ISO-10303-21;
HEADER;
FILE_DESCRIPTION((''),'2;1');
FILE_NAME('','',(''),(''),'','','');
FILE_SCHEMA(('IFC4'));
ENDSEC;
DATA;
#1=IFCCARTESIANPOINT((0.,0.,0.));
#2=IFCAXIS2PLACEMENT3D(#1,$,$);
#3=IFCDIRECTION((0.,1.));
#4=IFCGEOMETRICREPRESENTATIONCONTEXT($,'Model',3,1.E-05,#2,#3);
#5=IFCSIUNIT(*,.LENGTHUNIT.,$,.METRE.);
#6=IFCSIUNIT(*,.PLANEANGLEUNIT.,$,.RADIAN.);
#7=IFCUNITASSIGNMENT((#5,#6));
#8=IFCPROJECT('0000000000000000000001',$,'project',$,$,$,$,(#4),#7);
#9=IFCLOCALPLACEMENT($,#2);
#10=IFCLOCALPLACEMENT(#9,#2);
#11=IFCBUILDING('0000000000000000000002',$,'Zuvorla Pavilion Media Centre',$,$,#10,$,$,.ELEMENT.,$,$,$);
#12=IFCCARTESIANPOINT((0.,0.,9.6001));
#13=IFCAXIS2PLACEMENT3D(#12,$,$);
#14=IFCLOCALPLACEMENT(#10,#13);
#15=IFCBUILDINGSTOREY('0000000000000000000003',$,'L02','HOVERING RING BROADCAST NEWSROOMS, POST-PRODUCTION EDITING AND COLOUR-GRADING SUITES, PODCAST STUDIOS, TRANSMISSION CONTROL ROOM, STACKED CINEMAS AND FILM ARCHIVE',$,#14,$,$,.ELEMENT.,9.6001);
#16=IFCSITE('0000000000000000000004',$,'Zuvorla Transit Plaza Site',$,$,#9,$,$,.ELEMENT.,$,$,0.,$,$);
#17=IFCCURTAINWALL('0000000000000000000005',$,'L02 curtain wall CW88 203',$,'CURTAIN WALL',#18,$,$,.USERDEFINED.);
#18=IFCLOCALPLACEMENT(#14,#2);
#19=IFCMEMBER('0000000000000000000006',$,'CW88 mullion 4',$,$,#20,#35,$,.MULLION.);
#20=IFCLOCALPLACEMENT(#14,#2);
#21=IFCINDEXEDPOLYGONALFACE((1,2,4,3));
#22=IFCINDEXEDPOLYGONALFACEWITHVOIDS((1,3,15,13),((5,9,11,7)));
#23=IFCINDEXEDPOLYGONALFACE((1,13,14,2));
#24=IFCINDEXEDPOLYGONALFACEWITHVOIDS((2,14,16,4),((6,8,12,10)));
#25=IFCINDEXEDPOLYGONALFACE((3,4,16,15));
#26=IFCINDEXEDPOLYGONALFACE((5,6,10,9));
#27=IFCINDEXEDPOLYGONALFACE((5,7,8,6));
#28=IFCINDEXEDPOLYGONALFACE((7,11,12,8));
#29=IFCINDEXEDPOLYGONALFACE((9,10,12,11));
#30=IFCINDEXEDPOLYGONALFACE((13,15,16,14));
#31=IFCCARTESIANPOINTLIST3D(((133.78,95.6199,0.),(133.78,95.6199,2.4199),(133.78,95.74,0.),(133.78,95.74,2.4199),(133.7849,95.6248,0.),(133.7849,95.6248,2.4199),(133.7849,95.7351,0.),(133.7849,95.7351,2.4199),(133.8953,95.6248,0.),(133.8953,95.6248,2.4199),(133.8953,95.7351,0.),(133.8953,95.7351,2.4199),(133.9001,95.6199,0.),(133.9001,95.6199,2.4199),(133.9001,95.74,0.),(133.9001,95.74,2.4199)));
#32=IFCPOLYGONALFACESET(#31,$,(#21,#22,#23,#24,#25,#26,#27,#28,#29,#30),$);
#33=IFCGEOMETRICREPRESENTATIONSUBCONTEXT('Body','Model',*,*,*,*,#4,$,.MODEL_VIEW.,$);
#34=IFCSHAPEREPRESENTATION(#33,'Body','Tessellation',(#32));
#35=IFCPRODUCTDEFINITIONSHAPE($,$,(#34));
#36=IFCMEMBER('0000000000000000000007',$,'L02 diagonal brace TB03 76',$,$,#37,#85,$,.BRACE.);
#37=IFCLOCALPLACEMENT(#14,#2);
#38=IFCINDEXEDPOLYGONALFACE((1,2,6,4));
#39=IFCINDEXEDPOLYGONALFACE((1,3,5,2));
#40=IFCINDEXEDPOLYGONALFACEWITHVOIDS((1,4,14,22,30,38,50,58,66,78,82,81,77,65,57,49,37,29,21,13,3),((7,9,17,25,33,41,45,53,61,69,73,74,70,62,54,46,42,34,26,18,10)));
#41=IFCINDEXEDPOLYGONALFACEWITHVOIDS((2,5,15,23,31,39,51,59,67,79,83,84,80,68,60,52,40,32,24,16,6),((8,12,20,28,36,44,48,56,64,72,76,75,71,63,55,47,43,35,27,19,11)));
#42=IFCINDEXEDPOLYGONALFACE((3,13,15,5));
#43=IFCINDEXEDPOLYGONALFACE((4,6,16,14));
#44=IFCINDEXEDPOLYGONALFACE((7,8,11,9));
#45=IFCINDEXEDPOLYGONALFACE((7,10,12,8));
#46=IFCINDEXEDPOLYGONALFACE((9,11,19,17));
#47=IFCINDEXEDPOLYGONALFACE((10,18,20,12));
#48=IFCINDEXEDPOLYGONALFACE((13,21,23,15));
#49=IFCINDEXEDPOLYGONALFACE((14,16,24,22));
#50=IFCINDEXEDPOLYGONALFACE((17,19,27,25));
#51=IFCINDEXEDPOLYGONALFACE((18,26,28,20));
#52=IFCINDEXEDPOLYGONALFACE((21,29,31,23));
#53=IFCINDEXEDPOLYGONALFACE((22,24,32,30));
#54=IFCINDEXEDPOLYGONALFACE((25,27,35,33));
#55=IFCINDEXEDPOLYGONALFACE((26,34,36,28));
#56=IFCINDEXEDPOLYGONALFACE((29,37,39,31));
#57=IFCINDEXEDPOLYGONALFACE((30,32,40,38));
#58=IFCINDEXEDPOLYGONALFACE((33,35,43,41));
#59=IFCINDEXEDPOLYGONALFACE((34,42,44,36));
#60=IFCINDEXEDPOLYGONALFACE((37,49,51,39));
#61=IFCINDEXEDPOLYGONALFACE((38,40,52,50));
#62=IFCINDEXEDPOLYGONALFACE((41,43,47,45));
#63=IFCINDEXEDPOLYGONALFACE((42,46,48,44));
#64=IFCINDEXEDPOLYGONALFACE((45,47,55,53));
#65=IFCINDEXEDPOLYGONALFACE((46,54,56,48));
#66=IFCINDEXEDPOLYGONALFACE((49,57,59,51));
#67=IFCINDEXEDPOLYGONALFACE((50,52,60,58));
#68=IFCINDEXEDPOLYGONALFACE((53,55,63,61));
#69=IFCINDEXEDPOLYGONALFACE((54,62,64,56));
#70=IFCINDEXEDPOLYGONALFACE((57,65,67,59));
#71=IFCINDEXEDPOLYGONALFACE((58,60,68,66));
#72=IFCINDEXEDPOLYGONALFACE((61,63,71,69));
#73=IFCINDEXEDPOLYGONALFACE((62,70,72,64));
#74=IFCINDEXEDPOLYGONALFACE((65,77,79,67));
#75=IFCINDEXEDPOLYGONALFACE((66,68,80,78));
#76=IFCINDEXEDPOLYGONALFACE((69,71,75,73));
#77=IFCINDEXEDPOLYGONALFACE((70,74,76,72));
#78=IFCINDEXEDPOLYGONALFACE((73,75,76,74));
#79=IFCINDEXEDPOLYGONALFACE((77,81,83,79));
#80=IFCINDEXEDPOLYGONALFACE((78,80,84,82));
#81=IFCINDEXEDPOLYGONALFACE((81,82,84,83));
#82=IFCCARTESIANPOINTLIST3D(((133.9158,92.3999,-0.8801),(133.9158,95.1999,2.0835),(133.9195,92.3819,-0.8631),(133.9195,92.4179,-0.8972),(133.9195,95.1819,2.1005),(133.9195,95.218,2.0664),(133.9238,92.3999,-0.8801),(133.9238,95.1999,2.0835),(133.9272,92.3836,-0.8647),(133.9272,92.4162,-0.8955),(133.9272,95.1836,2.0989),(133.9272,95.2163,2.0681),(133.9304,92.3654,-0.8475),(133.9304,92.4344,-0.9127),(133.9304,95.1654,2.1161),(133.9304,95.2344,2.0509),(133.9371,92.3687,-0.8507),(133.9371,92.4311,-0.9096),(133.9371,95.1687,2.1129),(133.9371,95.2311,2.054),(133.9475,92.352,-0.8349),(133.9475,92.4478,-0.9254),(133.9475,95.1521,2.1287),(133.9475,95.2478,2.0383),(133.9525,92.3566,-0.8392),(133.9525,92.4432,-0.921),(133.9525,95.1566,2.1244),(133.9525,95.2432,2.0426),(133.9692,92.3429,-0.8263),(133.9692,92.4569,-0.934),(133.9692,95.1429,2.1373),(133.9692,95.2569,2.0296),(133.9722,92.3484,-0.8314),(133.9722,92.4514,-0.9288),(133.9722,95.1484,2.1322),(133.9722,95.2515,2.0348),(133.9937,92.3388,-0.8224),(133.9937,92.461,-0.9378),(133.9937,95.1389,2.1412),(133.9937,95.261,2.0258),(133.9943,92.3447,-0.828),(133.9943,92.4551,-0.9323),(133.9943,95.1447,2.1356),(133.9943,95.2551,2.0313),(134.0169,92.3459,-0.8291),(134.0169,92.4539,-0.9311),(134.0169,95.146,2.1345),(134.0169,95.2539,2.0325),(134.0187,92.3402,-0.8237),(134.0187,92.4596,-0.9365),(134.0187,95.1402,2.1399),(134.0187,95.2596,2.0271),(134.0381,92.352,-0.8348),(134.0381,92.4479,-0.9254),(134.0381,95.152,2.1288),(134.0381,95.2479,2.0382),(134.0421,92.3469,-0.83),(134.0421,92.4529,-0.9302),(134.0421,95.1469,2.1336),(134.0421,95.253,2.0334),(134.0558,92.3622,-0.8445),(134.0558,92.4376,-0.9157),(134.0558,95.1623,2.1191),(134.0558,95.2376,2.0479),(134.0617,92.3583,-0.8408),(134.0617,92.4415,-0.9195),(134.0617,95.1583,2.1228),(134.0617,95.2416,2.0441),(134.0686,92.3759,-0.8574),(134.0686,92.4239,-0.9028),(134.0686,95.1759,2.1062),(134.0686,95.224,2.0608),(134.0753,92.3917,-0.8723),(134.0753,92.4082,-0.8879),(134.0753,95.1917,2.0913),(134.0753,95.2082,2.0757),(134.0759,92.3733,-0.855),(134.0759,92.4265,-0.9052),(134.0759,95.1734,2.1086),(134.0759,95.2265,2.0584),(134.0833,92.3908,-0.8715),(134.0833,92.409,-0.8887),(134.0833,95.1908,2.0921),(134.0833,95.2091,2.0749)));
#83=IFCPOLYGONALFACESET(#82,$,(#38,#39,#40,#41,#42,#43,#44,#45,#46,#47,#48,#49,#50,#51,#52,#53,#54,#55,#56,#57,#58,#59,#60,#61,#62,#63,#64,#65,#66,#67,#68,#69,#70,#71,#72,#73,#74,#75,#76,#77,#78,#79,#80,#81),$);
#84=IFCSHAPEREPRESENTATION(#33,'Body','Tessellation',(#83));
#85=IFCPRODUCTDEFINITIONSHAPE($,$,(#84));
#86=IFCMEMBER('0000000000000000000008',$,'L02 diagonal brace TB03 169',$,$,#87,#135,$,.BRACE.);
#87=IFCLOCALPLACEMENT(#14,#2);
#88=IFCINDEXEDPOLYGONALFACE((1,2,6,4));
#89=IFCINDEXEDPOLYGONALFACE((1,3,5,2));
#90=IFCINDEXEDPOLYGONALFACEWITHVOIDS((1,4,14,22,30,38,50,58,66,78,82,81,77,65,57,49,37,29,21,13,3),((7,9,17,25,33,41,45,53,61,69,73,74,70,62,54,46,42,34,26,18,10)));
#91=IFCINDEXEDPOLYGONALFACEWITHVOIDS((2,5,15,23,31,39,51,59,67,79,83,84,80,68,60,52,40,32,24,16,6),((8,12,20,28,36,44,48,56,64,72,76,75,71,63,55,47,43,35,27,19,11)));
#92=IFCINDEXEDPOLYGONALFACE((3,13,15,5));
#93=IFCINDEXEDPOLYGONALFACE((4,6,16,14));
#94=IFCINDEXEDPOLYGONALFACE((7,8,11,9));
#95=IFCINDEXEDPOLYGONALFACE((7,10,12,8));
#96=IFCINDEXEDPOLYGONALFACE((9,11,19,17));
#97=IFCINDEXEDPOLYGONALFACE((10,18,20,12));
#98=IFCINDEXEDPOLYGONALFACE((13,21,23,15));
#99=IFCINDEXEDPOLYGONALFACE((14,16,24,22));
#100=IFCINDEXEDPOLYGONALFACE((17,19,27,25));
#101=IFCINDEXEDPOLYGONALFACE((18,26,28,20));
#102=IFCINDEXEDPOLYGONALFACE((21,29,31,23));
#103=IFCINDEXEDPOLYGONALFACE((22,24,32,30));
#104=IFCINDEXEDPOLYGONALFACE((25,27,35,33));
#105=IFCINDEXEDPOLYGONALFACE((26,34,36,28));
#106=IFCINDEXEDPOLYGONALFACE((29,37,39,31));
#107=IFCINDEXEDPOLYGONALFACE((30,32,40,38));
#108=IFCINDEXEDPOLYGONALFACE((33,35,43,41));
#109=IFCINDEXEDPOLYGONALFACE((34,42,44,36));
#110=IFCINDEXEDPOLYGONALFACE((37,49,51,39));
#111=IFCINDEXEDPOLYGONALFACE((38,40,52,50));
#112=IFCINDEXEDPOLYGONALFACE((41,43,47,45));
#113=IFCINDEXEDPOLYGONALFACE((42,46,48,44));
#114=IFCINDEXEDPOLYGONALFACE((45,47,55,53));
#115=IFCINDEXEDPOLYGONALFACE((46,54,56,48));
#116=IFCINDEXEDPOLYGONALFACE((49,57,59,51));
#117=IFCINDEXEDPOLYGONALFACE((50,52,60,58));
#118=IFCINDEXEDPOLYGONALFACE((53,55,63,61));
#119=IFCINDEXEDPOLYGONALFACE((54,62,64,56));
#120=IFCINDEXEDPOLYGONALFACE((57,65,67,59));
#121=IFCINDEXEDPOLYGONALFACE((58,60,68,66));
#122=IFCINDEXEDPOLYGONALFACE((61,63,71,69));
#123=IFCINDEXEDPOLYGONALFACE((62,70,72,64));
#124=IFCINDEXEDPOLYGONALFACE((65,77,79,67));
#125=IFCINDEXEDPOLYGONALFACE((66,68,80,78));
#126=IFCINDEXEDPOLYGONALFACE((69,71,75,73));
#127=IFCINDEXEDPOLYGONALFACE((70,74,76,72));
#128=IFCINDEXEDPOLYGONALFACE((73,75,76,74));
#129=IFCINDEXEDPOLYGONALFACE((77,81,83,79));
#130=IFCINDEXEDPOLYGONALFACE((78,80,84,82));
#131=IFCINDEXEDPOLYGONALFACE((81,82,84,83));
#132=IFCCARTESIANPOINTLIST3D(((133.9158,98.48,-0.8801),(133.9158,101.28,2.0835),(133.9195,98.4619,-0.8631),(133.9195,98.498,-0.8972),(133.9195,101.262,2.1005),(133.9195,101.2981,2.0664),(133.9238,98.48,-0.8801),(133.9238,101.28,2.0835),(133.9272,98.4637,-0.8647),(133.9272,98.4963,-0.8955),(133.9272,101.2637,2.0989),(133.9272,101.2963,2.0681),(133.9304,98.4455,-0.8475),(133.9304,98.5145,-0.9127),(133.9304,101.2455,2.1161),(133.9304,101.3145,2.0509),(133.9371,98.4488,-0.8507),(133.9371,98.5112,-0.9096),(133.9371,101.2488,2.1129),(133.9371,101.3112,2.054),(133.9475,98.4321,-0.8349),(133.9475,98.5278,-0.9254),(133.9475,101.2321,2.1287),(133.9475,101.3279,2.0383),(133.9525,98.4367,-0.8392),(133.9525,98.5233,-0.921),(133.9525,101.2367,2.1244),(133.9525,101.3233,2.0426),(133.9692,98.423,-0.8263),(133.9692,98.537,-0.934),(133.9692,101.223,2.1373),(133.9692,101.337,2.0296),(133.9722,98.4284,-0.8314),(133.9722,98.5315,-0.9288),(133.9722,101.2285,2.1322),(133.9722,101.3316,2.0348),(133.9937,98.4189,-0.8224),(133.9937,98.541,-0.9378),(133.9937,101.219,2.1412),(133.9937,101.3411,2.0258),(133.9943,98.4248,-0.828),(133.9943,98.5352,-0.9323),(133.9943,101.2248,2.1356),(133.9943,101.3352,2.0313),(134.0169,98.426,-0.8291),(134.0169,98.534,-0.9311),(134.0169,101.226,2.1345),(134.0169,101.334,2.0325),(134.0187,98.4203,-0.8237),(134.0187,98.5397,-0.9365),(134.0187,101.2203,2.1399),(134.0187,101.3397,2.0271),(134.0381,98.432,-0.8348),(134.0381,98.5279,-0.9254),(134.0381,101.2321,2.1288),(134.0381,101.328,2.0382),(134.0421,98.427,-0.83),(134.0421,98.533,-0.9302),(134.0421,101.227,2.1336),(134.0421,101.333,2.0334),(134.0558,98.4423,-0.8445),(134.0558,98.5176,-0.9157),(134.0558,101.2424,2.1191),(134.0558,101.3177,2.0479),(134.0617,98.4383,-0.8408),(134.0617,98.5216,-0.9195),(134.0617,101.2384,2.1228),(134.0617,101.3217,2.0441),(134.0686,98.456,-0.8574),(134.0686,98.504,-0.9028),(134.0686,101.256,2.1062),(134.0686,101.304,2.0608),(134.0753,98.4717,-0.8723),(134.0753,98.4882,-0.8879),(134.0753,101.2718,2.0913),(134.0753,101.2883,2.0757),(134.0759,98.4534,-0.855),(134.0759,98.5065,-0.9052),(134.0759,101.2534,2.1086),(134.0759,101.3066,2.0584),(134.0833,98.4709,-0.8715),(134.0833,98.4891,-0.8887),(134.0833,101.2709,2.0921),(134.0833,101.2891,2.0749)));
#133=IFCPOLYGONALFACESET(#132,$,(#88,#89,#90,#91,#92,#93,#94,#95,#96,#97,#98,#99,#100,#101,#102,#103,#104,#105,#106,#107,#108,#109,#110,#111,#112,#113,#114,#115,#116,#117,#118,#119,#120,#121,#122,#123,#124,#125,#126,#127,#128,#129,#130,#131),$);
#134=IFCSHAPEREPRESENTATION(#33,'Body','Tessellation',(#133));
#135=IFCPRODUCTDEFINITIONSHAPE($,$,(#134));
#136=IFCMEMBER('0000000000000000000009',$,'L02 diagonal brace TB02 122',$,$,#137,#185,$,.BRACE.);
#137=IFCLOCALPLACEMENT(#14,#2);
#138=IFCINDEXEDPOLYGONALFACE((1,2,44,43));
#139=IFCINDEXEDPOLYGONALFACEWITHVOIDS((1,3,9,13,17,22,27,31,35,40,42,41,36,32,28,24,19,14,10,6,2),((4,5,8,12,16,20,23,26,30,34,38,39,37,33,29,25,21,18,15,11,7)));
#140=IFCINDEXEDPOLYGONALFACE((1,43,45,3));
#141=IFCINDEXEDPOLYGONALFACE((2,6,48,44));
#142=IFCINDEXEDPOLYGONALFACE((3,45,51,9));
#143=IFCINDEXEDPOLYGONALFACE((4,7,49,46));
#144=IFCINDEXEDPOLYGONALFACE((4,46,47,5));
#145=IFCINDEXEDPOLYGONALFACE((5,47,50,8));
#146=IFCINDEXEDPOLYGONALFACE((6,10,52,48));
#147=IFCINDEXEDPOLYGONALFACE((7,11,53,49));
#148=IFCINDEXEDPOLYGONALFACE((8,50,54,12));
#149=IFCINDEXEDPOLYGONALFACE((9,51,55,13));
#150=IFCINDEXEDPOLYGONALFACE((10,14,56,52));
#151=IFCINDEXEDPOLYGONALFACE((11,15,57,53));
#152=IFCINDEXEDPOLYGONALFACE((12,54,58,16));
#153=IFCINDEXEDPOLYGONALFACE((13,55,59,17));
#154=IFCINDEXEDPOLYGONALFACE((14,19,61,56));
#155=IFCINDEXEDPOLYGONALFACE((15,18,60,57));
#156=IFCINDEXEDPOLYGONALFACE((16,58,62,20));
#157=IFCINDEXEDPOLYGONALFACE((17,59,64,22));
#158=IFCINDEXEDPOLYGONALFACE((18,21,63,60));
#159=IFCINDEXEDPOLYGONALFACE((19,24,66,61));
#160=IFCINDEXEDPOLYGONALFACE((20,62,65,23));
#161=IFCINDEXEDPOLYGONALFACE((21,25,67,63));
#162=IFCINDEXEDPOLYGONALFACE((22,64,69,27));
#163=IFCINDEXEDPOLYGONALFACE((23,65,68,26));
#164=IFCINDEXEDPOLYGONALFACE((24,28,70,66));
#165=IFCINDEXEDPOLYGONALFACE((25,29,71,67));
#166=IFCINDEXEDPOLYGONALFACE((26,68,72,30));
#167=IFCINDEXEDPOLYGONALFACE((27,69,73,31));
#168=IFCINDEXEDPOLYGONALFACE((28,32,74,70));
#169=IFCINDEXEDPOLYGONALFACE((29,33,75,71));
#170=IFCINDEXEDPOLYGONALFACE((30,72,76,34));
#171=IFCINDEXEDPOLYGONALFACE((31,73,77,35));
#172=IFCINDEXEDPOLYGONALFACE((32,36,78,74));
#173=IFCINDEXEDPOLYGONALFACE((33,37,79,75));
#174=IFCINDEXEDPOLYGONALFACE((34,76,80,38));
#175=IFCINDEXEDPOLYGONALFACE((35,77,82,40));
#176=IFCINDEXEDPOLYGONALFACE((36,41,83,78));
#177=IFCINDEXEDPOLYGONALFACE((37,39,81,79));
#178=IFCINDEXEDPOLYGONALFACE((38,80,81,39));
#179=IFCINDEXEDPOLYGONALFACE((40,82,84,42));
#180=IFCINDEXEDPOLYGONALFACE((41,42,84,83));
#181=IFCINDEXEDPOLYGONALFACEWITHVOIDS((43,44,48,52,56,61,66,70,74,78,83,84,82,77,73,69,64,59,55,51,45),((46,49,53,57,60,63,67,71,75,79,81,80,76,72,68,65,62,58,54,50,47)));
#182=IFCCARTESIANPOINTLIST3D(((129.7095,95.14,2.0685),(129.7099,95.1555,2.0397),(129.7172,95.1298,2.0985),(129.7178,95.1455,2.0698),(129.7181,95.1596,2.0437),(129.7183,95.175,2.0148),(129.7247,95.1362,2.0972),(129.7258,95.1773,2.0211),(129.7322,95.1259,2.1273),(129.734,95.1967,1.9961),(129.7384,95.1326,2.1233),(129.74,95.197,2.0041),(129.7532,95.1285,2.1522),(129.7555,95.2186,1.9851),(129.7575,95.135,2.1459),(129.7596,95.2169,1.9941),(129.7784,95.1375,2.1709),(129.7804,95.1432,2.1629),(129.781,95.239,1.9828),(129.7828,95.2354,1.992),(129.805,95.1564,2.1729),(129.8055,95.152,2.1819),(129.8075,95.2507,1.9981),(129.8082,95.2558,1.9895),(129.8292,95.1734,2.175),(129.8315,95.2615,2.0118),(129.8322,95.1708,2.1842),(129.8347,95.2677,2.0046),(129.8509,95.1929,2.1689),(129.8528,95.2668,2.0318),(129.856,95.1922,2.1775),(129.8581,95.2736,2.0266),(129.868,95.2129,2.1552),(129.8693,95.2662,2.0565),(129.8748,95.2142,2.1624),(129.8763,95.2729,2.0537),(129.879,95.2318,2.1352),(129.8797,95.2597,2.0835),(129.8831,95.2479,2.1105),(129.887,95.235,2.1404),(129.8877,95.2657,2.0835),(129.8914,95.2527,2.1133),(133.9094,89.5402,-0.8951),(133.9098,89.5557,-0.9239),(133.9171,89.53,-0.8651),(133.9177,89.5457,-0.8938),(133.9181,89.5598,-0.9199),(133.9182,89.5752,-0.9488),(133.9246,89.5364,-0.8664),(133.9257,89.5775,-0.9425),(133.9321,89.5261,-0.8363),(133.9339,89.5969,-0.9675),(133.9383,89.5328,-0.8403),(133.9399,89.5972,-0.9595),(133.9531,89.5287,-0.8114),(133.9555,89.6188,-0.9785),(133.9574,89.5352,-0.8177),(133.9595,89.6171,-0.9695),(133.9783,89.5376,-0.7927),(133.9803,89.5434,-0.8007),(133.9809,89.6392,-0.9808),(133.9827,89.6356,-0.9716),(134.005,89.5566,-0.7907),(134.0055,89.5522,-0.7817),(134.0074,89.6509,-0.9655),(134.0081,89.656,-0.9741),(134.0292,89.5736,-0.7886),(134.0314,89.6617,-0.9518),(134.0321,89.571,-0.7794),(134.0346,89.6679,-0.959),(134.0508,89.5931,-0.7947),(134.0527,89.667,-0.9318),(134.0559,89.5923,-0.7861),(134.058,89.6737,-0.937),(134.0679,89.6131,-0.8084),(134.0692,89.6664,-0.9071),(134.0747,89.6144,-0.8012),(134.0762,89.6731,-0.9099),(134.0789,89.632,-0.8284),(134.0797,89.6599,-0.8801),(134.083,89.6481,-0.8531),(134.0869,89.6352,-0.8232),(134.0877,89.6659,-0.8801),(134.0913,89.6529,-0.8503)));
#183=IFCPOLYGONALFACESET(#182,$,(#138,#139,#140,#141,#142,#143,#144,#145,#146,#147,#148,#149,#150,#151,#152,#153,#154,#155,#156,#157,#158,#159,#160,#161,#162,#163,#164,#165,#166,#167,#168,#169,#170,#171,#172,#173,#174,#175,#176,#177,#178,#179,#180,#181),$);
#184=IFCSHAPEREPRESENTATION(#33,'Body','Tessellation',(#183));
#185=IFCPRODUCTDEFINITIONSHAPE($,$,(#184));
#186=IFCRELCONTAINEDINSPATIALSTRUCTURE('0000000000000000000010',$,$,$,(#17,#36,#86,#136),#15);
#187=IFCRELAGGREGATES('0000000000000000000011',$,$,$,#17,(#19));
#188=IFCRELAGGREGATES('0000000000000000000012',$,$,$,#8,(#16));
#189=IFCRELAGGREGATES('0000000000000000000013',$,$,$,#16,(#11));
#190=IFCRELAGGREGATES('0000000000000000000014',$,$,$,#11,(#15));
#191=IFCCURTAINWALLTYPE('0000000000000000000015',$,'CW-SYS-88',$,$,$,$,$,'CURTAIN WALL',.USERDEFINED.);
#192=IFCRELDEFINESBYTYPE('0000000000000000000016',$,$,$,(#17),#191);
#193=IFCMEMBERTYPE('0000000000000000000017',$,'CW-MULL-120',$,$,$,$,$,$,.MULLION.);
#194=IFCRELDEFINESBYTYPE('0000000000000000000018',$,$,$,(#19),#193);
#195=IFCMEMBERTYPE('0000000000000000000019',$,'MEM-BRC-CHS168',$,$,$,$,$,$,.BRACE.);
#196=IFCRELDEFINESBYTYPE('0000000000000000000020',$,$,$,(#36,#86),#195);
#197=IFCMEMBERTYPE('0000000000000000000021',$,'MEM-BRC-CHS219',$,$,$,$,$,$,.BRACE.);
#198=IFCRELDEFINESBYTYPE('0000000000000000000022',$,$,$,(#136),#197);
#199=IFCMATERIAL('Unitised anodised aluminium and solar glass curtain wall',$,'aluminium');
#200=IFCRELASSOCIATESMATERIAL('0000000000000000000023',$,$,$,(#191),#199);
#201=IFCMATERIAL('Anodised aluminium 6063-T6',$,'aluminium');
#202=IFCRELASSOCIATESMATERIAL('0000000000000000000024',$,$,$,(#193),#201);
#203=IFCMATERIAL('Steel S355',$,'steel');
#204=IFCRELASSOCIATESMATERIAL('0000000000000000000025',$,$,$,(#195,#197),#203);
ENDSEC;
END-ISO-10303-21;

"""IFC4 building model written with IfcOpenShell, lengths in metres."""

from ifc_helpers import new_model, si_unit, direction, frame, origin, origin_2d, place, context, subcontext, project, spatial, hollow_rectangle, hollow_circle, extrude, material, material_profile, profile_set, type_object, element, aggregate, save


model = new_model("IFC4")

# Units and contexts
model_context = context("Model", 3, precision=1e-05, world=origin(), true_north=direction((0.0, 1.0)))
body_context = subcontext(model_context, "Body", "Model", "MODEL_VIEW")
ifc_project = project(units=[si_unit("LENGTHUNIT", "METRE"), si_unit("PLANEANGLEUNIT", "RADIAN")], contexts=[model_context])

# Site, building, storey
site_placement = place(None, origin())
site = spatial("IfcSite", under=ifc_project, at=site_placement, Name="Zuvorla Transit Plaza Site", CompositionType="ELEMENT", RefElevation=0.0)
building_placement = place(site_placement, origin())
building = spatial("IfcBuilding", under=site, at=building_placement, Name="Zuvorla Pavilion Media Centre", CompositionType="ELEMENT")
storey_placement = place(building_placement, frame((0.0, 0.0, 9.6001)))
storey = spatial("IfcBuildingStorey", under=building, at=storey_placement, Name="L02", Description="HOVERING RING BROADCAST NEWSROOMS, POST-PRODUCTION EDITING AND COLOUR-GRADING SUITES, PODCAST STUDIOS, TRANSMISSION CONTROL ROOM, STACKED CINEMAS AND FILM ARCHIVE", CompositionType="ELEMENT", Elevation=9.6001)

# Curtain wall, member
ifc_material_1 = material(Name="Unitised anodised aluminium and solar glass curtain wall", Category="aluminium")
curtain_wall_type = type_object("IfcCurtainWallType", Name="CW-SYS-88", ElementType="CURTAIN WALL", PredefinedType="USERDEFINED", material=ifc_material_1)
curtain_wall_1_placement = place(storey_placement, origin())
curtain_wall_1 = element("IfcCurtainWall", 1, at=curtain_wall_1_placement, inside=storey, type_object=curtain_wall_type, Name="L02 curtain wall CW88 203", ObjectType="CURTAIN WALL", PredefinedType="USERDEFINED")
ifc_material_2 = material(Name="Anodised aluminium 6063-T6", Category="aluminium")
ifc_material_profile_1 = material_profile(ifc_material_2, hollow_rectangle(XDim=0.1201, YDim=0.1201, WallThickness=0.0049, at=origin_2d()), Name="ALU MULL 120x120")
ifc_profile_set_1 = profile_set([ifc_material_profile_1], Name="Anodised aluminium 6063-T6")
member_type_1 = type_object("IfcMemberType", Name="CW-MULL-120", PredefinedType="MULLION", material=ifc_profile_set_1)
member_1_placement = place(storey_placement, frame((133.8401, 95.6799, 0.0), z_axis=(0.0, 0.0, 1.0), x_axis=(1.0, 0.0, 0.0)))
member_1 = element("IfcMember", 2, at=member_1_placement, type_object=member_type_1, Name="CW88 mullion 4", PredefinedType="MULLION", context=body_context, shape_type="SweptSolid", body=[
    extrude(hollow_rectangle(XDim=0.1201, YDim=0.1201, WallThickness=0.0049, at=origin_2d()), origin(), (0.0, 0.0, 1.0), 2.4199),
])

# Members
ifc_material_3 = material(Name="Steel S355", Category="steel")
ifc_material_profile_2 = material_profile(ifc_material_3, hollow_circle(Radius=0.0842, WallThickness=0.0081, at=origin_2d()), Name="CHS 168.3x8")
ifc_profile_set_2 = profile_set([ifc_material_profile_2], Name="Steel S355")
member_type_2 = type_object("IfcMemberType", Name="MEM-BRC-CHS168", PredefinedType="BRACE", material=ifc_profile_set_2)
for number, where, z_axis, x_axis, name in (
    (3, (134.0, 92.3999, -0.8801), (0.0, 0.686762, 0.726882), (-1.0, 0.0, 0.0), "L02 diagonal brace TB03 76"),
    (4, (134.0, 98.48, -0.8801), (0.0, 0.686762, 0.726882), (-1.0, 0.0, 0.0), "L02 diagonal brace TB03 169"),
):
    element("IfcMember", number, at=place(storey_placement, frame(where, z_axis=z_axis, x_axis=x_axis)), inside=storey, type_object=member_type_2, Name=name, PredefinedType="BRACE", context=body_context, shape_type="SweptSolid", body=[
        extrude(hollow_circle(Radius=0.0842, WallThickness=0.0081, at=origin_2d()), origin(), (0.0, 0.0, 1.0), 4.0771),
    ])
ifc_material_profile_3 = material_profile(ifc_material_3, hollow_circle(Radius=0.1096, WallThickness=0.01, at=origin_2d()), Name="CHS 219.1x10")
ifc_profile_set_3 = profile_set([ifc_material_profile_3], Name="Steel S355")
member_type_3 = type_object("IfcMemberType", Name="MEM-BRC-CHS219", PredefinedType="BRACE", material=ifc_profile_set_3)
member_2_placement = place(storey_placement, frame((129.8, 95.2, 2.0835), z_axis=(0.552525, -0.736689, -0.389879), x_axis=(0.799996, 0.600006, 0.0)))
element("IfcMember", 5, at=member_2_placement, inside=storey, type_object=member_type_3, Name="L02 diagonal brace TB02 122", PredefinedType="BRACE", context=body_context, shape_type="SweptSolid", body=[
    extrude(hollow_circle(Radius=0.1096, WallThickness=0.01, at=origin_2d()), origin(), (0.0, 0.0, 1.0), 7.6013),
])

aggregate(curtain_wall_1, [member_1])

save(model, "model.ifc")
